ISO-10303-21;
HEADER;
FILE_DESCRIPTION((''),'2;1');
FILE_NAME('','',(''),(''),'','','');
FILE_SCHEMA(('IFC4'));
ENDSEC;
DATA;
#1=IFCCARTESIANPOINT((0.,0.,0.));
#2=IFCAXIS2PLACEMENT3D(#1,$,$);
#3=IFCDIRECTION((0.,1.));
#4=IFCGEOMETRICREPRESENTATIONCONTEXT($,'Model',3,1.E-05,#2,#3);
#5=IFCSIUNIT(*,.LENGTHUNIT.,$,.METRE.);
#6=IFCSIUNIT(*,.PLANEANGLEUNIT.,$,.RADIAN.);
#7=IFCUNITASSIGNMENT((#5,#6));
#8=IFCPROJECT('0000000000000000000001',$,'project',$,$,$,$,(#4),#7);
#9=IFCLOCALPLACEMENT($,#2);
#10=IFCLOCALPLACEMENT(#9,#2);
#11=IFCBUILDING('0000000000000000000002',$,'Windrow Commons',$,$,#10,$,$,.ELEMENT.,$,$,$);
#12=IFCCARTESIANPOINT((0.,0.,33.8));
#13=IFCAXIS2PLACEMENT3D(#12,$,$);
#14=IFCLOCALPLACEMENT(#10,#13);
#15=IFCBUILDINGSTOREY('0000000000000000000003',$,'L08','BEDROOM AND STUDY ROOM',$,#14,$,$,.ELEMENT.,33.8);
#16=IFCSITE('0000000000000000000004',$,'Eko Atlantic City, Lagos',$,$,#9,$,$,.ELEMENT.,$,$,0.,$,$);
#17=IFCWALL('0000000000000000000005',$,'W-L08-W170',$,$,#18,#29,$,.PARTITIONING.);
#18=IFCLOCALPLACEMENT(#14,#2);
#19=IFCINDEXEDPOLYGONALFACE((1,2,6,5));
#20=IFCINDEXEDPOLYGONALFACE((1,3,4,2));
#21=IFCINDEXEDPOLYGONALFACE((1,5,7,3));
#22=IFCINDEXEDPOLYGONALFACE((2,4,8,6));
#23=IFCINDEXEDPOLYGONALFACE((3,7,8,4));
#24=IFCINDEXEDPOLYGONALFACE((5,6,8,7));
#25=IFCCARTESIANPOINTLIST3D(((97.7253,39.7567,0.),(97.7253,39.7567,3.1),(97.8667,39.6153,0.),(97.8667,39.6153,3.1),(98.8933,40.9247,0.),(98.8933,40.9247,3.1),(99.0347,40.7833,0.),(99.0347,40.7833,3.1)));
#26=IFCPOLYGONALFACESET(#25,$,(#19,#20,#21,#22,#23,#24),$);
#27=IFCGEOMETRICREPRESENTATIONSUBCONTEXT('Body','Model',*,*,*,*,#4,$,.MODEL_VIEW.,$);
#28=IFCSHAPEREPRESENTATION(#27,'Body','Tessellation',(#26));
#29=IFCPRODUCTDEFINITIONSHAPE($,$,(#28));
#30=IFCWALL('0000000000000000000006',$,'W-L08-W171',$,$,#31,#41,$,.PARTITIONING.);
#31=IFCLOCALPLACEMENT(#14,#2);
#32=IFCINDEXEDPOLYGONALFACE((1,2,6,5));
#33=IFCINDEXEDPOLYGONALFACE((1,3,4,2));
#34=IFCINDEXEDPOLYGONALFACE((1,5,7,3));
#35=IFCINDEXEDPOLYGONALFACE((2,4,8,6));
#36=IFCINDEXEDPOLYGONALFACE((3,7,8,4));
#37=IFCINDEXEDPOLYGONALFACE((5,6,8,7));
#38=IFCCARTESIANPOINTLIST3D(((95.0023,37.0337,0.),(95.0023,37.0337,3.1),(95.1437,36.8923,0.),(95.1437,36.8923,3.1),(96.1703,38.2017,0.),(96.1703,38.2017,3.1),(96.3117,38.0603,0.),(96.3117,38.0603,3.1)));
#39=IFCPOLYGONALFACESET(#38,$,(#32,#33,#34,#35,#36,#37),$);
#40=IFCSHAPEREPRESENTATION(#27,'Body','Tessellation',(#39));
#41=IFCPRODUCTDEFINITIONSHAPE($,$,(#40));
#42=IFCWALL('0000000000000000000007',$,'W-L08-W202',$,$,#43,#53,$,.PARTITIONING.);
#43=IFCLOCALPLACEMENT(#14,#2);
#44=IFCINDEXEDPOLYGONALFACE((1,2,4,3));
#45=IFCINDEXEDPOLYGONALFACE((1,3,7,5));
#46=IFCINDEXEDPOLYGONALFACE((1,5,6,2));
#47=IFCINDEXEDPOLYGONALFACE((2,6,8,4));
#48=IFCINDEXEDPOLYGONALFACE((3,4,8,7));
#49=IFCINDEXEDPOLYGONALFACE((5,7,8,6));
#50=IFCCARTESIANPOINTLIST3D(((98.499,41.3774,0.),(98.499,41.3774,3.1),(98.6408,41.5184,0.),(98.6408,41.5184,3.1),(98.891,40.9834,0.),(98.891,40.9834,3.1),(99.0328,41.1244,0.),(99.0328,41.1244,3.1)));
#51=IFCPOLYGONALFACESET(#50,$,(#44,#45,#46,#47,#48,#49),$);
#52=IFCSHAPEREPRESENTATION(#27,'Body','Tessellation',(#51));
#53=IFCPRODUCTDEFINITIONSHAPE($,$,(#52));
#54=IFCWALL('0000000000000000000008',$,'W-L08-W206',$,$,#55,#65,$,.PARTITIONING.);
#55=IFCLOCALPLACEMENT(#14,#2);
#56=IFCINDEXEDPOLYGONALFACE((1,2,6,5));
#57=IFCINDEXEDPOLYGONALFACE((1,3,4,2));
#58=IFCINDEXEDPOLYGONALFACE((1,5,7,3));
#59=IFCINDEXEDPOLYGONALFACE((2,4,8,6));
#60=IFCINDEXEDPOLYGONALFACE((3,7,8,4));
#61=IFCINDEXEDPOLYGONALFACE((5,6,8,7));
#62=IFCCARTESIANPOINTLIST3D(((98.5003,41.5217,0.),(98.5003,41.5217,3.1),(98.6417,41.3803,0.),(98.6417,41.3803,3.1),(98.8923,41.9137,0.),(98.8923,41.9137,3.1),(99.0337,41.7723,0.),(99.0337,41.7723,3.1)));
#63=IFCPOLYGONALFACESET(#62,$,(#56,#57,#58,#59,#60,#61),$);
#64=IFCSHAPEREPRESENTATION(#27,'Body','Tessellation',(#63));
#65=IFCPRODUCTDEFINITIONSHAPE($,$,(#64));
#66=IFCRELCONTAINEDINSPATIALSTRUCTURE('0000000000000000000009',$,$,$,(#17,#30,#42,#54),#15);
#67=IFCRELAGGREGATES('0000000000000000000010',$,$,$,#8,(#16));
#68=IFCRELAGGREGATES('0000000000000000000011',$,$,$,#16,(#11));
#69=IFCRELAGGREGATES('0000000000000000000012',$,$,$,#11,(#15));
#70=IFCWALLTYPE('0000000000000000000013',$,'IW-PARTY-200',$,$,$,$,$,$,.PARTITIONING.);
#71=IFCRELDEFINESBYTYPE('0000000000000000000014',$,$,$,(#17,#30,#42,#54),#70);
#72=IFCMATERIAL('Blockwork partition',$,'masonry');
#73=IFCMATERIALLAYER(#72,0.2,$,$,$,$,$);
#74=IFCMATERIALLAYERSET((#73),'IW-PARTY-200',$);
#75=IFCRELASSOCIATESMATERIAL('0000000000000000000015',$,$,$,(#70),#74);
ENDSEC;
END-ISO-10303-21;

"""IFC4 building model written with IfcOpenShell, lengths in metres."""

from ifc_helpers import new_model, si_unit, direction, frame, frame_2d, origin, place, context, subcontext, project, spatial, rectangle, extrude, material, layer, layer_set, type_object, element, save


model = new_model("IFC4")

# Units and contexts
model_context = context("Model", 3, precision=1e-05, world=origin(), true_north=direction((0.0, 1.0)))
body_context = subcontext(model_context, "Body", "Model", "MODEL_VIEW")
ifc_project = project(units=[si_unit("LENGTHUNIT", "METRE"), si_unit("PLANEANGLEUNIT", "RADIAN")], contexts=[model_context])

# Site, building, storey
site_placement = place(None, origin())
site = spatial("IfcSite", under=ifc_project, at=site_placement, Name="Eko Atlantic City, Lagos", CompositionType="ELEMENT", RefElevation=0.0)
building_placement = place(site_placement, origin())
building = spatial("IfcBuilding", under=site, at=building_placement, Name="Windrow Commons", CompositionType="ELEMENT")
storey_placement = place(building_placement, frame((0.0, 0.0, 33.8)))
storey = spatial("IfcBuildingStorey", under=building, at=storey_placement, Name="L08", Description="BEDROOM AND STUDY ROOM", CompositionType="ELEMENT", Elevation=33.8)

# Walls
ifc_material_1 = material(Name="Blockwork partition", Category="masonry")
ifc_layer_1 = layer(ifc_material_1, 0.2)
ifc_layer_set_1 = layer_set([ifc_layer_1], Name="IW-PARTY-200")
wall_type_1 = type_object("IfcWallType", Name="IW-PARTY-200", PredefinedType="PARTITIONING", material=ifc_layer_set_1)
for number, where, z_axis, x_axis, name in (
    (1, (97.796, 39.686, 0.0), (0.0, 0.0, 1.0), (0.707107, 0.707107, 0.0), "W-L08-W170"),
    (2, (95.073, 36.963, 0.0), (0.0, 0.0, 1.0), (0.707107, 0.707107, 0.0), "W-L08-W171"),
):
    element("IfcWall", number, at=place(storey_placement, frame(where, z_axis=z_axis, x_axis=x_axis)), inside=storey, type_object=wall_type_1, Name=name, PredefinedType="PARTITIONING", context=body_context, shape_type="SweptSolid", body=[
        extrude(rectangle(XDim=1.6518, YDim=0.2, at=frame_2d((0.8259, 0.0))), origin(), (0.0, 0.0, 1.0), 3.1),
    ])
wall_1_placement = place(storey_placement, frame((98.5699, 41.4479, 0.0), z_axis=(0.0, 0.0, 1.0), x_axis=(0.705305, -0.708904, 0.0)))
element("IfcWall", 3, at=wall_1_placement, inside=storey, type_object=wall_type_1, Name="W-L08-W202", PredefinedType="PARTITIONING", context=body_context, shape_type="SweptSolid", body=[
    extrude(rectangle(XDim=0.5558, YDim=0.2, at=frame_2d((0.2779, 0.0))), origin(), (0.0, 0.0, 1.0), 3.1),
])
wall_2_placement = place(storey_placement, frame((98.571, 41.451, 0.0), z_axis=(0.0, 0.0, 1.0), x_axis=(0.707107, 0.707107, 0.0)))
element("IfcWall", 4, at=wall_2_placement, inside=storey, type_object=wall_type_1, Name="W-L08-W206", PredefinedType="PARTITIONING", context=body_context, shape_type="SweptSolid", body=[
    extrude(rectangle(XDim=0.5544, YDim=0.2, at=frame_2d((0.2772, 0.0))), origin(), (0.0, 0.0, 1.0), 3.1),
])

save(model, "model.ifc")
